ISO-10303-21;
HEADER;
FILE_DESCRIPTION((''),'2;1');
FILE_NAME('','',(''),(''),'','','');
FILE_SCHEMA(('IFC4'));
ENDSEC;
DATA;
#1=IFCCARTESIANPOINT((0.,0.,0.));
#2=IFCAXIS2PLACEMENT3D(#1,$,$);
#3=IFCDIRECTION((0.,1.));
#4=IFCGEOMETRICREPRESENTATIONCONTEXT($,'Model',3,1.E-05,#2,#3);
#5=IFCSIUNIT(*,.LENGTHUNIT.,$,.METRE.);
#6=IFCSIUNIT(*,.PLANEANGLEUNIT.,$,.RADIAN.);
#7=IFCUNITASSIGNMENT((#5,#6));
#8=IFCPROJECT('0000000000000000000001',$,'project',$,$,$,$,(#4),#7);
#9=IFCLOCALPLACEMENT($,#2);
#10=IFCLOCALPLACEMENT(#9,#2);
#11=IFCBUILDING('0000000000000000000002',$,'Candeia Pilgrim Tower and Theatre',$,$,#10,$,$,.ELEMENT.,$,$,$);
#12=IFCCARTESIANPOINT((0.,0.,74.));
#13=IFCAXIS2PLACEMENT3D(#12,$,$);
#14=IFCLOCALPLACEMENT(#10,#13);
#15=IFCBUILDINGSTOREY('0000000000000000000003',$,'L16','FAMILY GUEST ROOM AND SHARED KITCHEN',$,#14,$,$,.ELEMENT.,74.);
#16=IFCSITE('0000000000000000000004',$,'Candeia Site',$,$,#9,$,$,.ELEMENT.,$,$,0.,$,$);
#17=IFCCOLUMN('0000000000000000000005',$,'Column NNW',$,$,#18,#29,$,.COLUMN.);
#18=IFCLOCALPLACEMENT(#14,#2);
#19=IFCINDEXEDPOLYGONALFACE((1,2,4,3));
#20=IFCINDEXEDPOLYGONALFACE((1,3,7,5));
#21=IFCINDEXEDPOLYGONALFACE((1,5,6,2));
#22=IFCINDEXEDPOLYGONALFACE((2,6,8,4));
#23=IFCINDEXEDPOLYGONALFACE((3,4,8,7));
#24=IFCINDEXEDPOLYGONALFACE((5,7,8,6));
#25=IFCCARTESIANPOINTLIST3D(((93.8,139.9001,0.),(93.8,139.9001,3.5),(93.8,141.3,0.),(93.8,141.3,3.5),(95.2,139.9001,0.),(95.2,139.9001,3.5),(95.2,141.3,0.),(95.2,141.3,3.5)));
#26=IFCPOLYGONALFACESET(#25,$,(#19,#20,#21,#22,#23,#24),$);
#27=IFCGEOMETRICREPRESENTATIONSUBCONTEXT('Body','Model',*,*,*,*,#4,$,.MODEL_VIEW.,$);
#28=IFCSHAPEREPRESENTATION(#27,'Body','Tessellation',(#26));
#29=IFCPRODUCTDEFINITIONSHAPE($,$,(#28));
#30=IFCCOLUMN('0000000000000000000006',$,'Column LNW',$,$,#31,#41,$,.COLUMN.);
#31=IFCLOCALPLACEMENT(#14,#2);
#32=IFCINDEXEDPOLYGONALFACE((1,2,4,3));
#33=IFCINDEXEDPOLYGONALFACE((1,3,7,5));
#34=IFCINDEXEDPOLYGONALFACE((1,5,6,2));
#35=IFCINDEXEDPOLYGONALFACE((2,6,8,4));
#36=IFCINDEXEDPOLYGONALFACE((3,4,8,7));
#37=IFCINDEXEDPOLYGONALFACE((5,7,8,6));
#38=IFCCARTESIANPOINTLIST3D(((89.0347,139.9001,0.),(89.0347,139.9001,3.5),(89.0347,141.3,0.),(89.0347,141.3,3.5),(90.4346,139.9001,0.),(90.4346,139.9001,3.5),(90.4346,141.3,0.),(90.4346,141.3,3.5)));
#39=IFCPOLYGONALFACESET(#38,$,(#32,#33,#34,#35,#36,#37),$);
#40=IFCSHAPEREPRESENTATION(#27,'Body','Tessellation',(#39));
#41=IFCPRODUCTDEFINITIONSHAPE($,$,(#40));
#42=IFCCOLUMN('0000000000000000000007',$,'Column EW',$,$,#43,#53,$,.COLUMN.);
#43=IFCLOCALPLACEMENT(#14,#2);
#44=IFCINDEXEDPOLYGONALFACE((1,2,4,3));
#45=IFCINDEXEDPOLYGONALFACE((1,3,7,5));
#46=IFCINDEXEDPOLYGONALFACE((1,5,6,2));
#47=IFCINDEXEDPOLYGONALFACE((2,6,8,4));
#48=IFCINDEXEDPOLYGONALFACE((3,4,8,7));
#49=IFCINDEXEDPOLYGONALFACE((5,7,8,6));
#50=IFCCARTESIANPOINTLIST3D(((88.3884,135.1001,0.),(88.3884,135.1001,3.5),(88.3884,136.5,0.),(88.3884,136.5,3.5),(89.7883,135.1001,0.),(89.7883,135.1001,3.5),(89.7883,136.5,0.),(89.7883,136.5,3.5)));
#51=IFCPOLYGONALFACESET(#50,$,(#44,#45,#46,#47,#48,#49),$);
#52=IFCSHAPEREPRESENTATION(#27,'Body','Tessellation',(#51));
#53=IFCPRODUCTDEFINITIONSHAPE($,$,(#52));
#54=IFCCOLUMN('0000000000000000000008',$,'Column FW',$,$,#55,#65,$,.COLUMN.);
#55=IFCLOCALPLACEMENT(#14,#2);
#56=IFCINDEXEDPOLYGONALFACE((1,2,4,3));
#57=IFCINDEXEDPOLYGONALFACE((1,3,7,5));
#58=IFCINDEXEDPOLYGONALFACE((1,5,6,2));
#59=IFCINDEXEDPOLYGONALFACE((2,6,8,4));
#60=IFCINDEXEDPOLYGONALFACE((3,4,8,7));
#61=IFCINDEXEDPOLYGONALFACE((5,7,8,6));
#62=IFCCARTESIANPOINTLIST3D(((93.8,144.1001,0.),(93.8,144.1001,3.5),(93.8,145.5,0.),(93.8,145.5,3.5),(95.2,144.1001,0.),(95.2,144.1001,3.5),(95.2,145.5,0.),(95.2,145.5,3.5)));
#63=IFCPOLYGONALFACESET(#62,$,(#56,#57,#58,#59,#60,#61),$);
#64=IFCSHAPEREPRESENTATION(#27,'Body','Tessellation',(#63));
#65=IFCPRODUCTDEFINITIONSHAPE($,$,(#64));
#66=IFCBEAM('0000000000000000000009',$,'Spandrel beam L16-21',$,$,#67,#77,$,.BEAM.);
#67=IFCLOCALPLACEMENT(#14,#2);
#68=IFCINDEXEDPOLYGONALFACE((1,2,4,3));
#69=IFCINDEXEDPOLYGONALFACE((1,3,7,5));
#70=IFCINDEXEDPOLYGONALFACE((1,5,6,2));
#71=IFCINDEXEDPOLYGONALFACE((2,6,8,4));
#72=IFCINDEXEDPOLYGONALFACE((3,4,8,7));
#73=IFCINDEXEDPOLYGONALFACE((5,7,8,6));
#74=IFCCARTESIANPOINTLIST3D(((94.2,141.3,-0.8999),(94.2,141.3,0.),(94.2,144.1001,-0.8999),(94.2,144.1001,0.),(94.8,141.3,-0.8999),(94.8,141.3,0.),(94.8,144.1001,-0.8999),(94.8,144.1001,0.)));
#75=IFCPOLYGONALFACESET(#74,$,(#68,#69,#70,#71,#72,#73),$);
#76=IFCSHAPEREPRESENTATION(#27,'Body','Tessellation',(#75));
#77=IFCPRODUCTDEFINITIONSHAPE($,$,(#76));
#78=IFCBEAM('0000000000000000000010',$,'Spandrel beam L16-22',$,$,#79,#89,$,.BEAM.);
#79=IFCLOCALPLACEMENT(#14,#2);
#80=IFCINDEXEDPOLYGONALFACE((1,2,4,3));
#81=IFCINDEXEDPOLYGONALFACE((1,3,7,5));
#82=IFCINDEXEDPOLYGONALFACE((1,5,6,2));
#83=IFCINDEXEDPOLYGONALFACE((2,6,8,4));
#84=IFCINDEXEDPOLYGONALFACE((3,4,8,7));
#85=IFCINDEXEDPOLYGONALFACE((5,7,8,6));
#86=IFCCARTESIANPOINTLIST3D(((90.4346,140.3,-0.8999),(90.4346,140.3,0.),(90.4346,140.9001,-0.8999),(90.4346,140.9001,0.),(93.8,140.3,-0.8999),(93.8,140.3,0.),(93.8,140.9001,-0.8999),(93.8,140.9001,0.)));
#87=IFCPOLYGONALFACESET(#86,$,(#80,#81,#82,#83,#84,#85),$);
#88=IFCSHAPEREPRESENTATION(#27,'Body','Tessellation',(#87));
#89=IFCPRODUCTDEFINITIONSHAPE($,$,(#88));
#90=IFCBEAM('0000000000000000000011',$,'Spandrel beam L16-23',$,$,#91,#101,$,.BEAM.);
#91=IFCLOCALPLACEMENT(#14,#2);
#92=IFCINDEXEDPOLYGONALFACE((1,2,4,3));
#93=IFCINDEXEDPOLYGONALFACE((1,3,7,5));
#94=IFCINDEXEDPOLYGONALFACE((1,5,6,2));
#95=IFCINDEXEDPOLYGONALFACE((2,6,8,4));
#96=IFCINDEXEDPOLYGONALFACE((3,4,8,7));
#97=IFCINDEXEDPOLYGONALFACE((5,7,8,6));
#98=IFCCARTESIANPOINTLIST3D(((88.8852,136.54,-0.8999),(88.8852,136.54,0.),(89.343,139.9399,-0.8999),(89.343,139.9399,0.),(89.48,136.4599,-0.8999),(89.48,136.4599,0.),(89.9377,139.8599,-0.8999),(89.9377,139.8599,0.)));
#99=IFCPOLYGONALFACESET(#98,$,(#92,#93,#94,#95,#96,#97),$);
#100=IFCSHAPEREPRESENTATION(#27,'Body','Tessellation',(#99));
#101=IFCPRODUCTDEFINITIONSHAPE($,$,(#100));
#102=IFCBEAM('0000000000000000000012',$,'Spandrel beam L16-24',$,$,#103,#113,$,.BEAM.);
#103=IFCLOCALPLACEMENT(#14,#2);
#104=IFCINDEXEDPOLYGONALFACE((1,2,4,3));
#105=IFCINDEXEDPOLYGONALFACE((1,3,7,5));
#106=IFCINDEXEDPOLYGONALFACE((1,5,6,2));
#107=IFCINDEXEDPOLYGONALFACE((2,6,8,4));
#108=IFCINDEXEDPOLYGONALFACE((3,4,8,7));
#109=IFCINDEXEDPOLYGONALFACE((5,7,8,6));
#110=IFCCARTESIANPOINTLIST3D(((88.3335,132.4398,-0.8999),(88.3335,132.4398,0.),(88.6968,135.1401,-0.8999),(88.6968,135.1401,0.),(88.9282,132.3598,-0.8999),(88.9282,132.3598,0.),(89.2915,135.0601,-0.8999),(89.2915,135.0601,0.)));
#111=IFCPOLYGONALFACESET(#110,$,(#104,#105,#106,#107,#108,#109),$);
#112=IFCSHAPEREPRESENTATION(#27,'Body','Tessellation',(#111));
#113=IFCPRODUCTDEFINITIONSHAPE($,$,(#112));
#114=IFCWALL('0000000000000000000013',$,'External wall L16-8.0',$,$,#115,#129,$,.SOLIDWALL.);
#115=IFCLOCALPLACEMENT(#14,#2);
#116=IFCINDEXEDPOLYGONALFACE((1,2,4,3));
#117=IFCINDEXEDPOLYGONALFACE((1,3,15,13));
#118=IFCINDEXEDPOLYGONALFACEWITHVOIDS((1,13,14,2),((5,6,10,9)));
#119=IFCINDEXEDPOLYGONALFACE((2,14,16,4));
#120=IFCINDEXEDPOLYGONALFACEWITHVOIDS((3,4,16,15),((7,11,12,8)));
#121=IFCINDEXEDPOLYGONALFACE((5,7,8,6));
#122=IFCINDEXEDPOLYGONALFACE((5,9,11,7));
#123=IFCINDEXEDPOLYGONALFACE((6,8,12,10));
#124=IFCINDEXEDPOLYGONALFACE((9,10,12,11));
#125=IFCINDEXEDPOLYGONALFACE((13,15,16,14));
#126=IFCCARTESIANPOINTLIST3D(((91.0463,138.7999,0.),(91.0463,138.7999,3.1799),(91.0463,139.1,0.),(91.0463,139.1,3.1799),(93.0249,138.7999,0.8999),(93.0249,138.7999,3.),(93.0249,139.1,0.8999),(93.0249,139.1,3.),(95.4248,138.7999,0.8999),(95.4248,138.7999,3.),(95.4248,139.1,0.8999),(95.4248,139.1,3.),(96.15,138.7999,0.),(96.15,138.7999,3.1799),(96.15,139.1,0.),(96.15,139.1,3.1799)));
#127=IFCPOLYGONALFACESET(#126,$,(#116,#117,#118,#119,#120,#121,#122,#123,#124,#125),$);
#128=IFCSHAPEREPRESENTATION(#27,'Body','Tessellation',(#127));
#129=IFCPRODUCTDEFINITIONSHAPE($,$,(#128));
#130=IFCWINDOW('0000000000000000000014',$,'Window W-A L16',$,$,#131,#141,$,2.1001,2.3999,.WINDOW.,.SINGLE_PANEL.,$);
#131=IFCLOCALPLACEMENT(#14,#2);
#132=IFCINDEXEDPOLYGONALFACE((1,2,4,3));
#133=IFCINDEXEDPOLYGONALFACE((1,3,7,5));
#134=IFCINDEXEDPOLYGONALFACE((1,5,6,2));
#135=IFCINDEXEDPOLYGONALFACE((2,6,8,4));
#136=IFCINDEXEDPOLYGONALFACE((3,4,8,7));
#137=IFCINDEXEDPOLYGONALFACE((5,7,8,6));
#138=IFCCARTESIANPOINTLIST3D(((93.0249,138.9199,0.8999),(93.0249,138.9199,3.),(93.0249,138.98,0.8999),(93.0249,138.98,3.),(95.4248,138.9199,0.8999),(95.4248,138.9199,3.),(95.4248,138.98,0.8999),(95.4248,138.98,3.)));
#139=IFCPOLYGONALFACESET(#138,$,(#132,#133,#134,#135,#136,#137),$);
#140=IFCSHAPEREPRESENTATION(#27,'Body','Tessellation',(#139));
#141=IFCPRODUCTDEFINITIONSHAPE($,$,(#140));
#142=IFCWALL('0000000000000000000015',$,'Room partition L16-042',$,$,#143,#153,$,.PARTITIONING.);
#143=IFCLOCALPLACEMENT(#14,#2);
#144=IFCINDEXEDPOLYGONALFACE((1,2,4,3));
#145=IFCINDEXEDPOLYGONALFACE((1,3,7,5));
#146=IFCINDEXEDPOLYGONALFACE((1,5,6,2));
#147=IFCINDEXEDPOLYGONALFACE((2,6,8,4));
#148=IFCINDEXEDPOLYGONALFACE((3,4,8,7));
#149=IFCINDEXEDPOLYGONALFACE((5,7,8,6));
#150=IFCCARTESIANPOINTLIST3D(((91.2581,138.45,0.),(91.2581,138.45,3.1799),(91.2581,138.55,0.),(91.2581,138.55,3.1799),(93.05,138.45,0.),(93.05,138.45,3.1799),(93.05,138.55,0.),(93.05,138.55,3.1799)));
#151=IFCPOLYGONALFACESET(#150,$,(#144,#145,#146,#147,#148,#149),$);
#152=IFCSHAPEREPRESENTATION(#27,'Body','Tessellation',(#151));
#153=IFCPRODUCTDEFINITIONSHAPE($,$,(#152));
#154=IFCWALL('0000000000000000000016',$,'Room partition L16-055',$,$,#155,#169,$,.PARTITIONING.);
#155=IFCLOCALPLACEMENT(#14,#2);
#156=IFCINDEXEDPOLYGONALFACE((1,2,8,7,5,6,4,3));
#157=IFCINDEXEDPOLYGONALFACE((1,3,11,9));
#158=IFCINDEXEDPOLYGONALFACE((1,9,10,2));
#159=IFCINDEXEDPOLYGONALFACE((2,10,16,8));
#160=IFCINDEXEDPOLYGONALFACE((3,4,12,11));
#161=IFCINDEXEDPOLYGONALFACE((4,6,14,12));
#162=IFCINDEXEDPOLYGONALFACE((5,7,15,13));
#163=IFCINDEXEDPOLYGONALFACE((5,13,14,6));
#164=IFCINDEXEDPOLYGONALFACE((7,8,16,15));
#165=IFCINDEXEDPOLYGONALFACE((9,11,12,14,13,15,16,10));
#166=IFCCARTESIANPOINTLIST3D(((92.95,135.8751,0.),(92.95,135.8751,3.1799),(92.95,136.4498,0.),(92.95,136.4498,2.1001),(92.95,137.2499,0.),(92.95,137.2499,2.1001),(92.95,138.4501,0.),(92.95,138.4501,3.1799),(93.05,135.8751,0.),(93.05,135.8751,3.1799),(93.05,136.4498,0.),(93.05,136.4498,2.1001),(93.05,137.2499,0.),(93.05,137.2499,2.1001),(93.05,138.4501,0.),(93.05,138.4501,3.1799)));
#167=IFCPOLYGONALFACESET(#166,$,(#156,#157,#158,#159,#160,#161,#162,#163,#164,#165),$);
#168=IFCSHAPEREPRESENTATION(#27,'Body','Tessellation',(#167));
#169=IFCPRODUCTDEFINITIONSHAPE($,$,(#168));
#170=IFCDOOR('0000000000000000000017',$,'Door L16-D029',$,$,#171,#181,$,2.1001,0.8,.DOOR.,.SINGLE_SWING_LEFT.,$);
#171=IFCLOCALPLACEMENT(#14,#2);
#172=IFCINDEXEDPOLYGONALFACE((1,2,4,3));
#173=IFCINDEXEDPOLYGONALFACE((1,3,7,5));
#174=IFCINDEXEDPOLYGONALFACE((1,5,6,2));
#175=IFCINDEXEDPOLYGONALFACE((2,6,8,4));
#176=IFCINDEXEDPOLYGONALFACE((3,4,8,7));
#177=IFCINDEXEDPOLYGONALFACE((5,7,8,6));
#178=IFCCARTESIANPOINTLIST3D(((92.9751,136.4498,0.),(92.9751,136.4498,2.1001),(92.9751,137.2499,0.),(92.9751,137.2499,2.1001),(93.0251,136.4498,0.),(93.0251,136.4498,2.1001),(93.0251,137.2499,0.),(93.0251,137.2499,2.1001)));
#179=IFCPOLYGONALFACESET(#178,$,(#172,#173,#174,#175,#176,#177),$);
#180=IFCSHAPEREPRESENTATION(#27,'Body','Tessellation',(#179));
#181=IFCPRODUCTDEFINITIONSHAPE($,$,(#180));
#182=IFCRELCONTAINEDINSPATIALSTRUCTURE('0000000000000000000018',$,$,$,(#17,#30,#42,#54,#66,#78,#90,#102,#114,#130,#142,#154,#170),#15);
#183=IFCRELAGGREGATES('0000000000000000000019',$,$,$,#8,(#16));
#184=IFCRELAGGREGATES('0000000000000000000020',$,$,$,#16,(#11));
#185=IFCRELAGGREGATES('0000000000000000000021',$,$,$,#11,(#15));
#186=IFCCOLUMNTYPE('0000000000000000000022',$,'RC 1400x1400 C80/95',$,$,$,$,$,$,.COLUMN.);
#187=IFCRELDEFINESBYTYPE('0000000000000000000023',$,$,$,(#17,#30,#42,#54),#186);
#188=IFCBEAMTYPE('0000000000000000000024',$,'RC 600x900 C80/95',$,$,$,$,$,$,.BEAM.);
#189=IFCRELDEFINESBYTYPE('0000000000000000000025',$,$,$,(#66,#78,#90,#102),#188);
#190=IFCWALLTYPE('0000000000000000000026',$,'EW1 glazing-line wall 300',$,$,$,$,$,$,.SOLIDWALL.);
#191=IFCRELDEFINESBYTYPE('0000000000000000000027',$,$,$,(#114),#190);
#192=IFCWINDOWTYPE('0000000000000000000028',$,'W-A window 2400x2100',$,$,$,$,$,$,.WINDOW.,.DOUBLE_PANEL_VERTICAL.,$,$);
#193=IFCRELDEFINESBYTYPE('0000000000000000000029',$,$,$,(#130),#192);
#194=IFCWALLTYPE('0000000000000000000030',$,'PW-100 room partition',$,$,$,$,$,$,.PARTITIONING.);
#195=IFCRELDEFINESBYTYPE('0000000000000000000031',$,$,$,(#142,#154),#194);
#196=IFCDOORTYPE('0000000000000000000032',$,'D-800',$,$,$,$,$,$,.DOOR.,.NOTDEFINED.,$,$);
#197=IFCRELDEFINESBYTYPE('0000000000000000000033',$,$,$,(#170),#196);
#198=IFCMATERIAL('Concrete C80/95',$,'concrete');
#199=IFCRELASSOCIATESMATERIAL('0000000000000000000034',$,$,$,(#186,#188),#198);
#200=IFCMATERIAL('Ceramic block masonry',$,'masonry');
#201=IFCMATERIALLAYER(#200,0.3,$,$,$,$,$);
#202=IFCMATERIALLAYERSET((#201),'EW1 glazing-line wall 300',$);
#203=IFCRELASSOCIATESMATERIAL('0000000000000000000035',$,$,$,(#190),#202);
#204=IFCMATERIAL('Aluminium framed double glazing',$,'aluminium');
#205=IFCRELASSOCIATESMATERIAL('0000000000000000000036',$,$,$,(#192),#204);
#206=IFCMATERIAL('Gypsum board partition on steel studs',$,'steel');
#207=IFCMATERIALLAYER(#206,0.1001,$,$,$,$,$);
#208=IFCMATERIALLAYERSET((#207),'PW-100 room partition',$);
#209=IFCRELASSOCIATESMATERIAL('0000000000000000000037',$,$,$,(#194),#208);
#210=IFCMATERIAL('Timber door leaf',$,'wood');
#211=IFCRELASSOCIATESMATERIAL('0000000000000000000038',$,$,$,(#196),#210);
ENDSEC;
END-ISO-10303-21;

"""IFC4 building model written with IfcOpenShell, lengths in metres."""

from ifc_helpers import new_model, si_unit, direction, frame, frame_2d, origin, origin_2d, place, context, subcontext, project, spatial, rectangle, extrude, material, layer, layer_set, material_profile, profile_set, type_object, element, fill, save


model = new_model("IFC4")

# Units and contexts
model_context = context("Model", 3, precision=1e-05, world=origin(), true_north=direction((0.0, 1.0)))
body_context = subcontext(model_context, "Body", "Model", "MODEL_VIEW")
ifc_project = project(units=[si_unit("LENGTHUNIT", "METRE"), si_unit("PLANEANGLEUNIT", "RADIAN")], contexts=[model_context])

# Site, building, storey
site_placement = place(None, origin())
site = spatial("IfcSite", under=ifc_project, at=site_placement, Name="Candeia Site", CompositionType="ELEMENT", RefElevation=0.0)
building_placement = place(site_placement, origin())
building = spatial("IfcBuilding", under=site, at=building_placement, Name="Candeia Pilgrim Tower and Theatre", CompositionType="ELEMENT")
storey_placement = place(building_placement, frame((0.0, 0.0, 74.0)))
storey = spatial("IfcBuildingStorey", under=building, at=storey_placement, Name="L16", Description="FAMILY GUEST ROOM AND SHARED KITCHEN", CompositionType="ELEMENT", Elevation=74.0)

# Columns
ifc_material_1 = material(Name="Concrete C80/95", Category="concrete")
ifc_material_profile_1 = material_profile(ifc_material_1, rectangle(XDim=1.3999, YDim=1.3999, at=origin_2d()))
ifc_profile_set_1 = profile_set([ifc_material_profile_1], Name="Concrete C80/95")
column_type = type_object("IfcColumnType", Name="RC 1400x1400 C80/95", PredefinedType="COLUMN", material=ifc_profile_set_1)
for number, where, z_axis, x_axis, name in (
    (1, (94.5, 140.6001, 0.0), (0.0, 0.0, 1.0), (1.0, 0.0, 0.0), "Column NNW"),
    (2, (89.7346, 140.6001, 0.0), (0.0, 0.0, 1.0), (1.0, 0.0, 0.0), "Column LNW"),
    (3, (89.0884, 135.8, 0.0), (0.0, 0.0, 1.0), (1.0, 0.0, 0.0), "Column EW"),
    (4, (94.5, 144.8, 0.0), (0.0, 0.0, 1.0), (1.0, 0.0, 0.0), "Column FW"),
):
    element("IfcColumn", number, at=place(storey_placement, frame(where, z_axis=z_axis, x_axis=x_axis)), inside=storey, type_object=column_type, Name=name, PredefinedType="COLUMN", context=body_context, shape_type="SweptSolid", body=[
        extrude(rectangle(XDim=1.3999, YDim=1.3999, at=origin_2d()), origin(), (0.0, 0.0, 1.0), 3.5),
    ])

# Beams
ifc_material_profile_2 = material_profile(ifc_material_1, rectangle(XDim=0.6001, YDim=0.8999, at=origin_2d()))
ifc_profile_set_2 = profile_set([ifc_material_profile_2], Name="Concrete C80/95")
beam_type = type_object("IfcBeamType", Name="RC 600x900 C80/95", PredefinedType="BEAM", material=ifc_profile_set_2)
beam_1_placement = place(storey_placement, frame((94.5, 144.1001, -0.45), z_axis=(0.0, -1.0, 0.0), x_axis=(1.0, 0.0, 0.0)))
element("IfcBeam", 5, at=beam_1_placement, inside=storey, type_object=beam_type, Name="Spandrel beam L16-21", PredefinedType="BEAM", context=body_context, shape_type="SweptSolid", body=[
    extrude(rectangle(XDim=0.6001, YDim=0.8999, at=origin_2d()), origin(), (0.0, 0.0, 1.0), 2.8),
])
beam_2_placement = place(storey_placement, frame((93.8, 140.6001, -0.45), z_axis=(-1.0, 0.0, 0.0), x_axis=(0.0, -1.0, 0.0)))
element("IfcBeam", 6, at=beam_2_placement, inside=storey, type_object=beam_type, Name="Spandrel beam L16-22", PredefinedType="BEAM", context=body_context, shape_type="SweptSolid", body=[
    extrude(rectangle(XDim=0.6001, YDim=0.8999, at=origin_2d()), origin(), (0.0, 0.0, 1.0), 3.3655),
])
beam_3_placement = place(storey_placement, frame((89.6404, 139.8999, -0.45), z_axis=(-0.133436, -0.991057, 0.0), x_axis=(0.991057, -0.133436, 0.0)))
element("IfcBeam", 7, at=beam_3_placement, inside=storey, type_object=beam_type, Name="Spandrel beam L16-23", PredefinedType="BEAM", context=body_context, shape_type="SweptSolid", body=[
    extrude(rectangle(XDim=0.6001, YDim=0.8999, at=origin_2d()), origin(), (0.0, 0.0, 1.0), 3.4307),
])
beam_4_placement = place(storey_placement, frame((88.9941, 135.1001, -0.45), z_axis=(-0.133338, -0.991071, 0.0), x_axis=(0.991071, -0.133338, 0.0)))
element("IfcBeam", 8, at=beam_4_placement, inside=storey, type_object=beam_type, Name="Spandrel beam L16-24", PredefinedType="BEAM", context=body_context, shape_type="SweptSolid", body=[
    extrude(rectangle(XDim=0.6001, YDim=0.8999, at=origin_2d()), origin(), (0.0, 0.0, 1.0), 2.7246),
])

# Wall, opening, window
ifc_material_2 = material(Name="Ceramic block masonry", Category="masonry")
ifc_layer_1 = layer(ifc_material_2, 0.3)
ifc_layer_set_1 = layer_set([ifc_layer_1], Name="EW1 glazing-line wall 300")
wall_type_1 = type_object("IfcWallType", Name="EW1 glazing-line wall 300", PredefinedType="SOLIDWALL", material=ifc_layer_set_1)
wall_1_placement = place(storey_placement, frame((96.1499, 138.95, 0.0), z_axis=(0.0, 0.0, 1.0), x_axis=(-1.0, 0.0, 0.0)))
wall_1 = element("IfcWall", 9, at=wall_1_placement, inside=storey, type_object=wall_type_1, Name="External wall L16-8.0", PredefinedType="SOLIDWALL", context=body_context, shape_type="SweptSolid", body=[
    extrude(rectangle(XDim=5.1038, YDim=0.3, at=frame_2d((2.5518, 0.0))), origin(), (0.0, 0.0, 1.0), 3.1799),
])
opening_1_placement = place(wall_1_placement, frame((0.7251, 0.0, 0.8999)))
opening_1 = element("IfcOpeningElement", 10, at=opening_1_placement, cuts=wall_1, PredefinedType="OPENING", context=body_context, shape_type="SweptSolid", body=[
    extrude(rectangle(XDim=2.3999, YDim=2.1001, at=frame_2d((1.2, 1.05))), frame((0.0, 0.1602, 0.0), z_axis=(0.0, -1.0, 0.0), x_axis=(1.0, 0.0, 0.0)), (0.0, 0.0, 1.0), 0.3201),
])
ifc_material_3 = material(Name="Aluminium framed double glazing", Category="aluminium")
window_type_1 = type_object("IfcWindowType", Name="W-A window 2400x2100", PartitioningType="DOUBLE_PANEL_VERTICAL", PredefinedType="WINDOW", material=ifc_material_3)
window_1_placement = place(opening_1_placement, origin())
window_1 = element("IfcWindow", 11, at=window_1_placement, inside=storey, type_object=window_type_1, Name="Window W-A L16", OverallHeight=2.1001, OverallWidth=2.3999, PartitioningType="SINGLE_PANEL", PredefinedType="WINDOW", context=body_context, shape_type="SweptSolid", body=[
    extrude(rectangle(XDim=2.3999, YDim=2.1001, at=frame_2d((1.2, 1.05))), frame((0.0, 0.03, 0.0), z_axis=(0.0, -1.0, 0.0), x_axis=(1.0, 0.0, 0.0)), (0.0, 0.0, 1.0), 0.0601),
])
fill(opening_1, window_1)

# Wall
ifc_material_4 = material(Name="Gypsum board partition on steel studs", Category="steel")
ifc_layer_2 = layer(ifc_material_4, 0.1001)
ifc_layer_set_2 = layer_set([ifc_layer_2], Name="PW-100 room partition")
wall_type_2 = type_object("IfcWallType", Name="PW-100 room partition", PredefinedType="PARTITIONING", material=ifc_layer_set_2)
wall_2_placement = place(storey_placement, frame((91.2581, 138.5, 0.0), z_axis=(0.0, 0.0, 1.0), x_axis=(1.0, 0.0, 0.0)))
element("IfcWall", 12, at=wall_2_placement, inside=storey, type_object=wall_type_2, Name="Room partition L16-042", PredefinedType="PARTITIONING", context=body_context, shape_type="SweptSolid", body=[
    extrude(rectangle(XDim=1.792, YDim=0.1001, at=frame_2d((0.896, 0.0))), origin(), (0.0, 0.0, 1.0), 3.1799),
])

# Wall, opening, door
wall_3_placement = place(storey_placement, frame((93.0, 135.875, 0.0), z_axis=(0.0, 0.0, 1.0), x_axis=(0.0, 1.0, 0.0)))
wall_3 = element("IfcWall", 13, at=wall_3_placement, inside=storey, type_object=wall_type_2, Name="Room partition L16-055", PredefinedType="PARTITIONING", context=body_context, shape_type="SweptSolid", body=[
    extrude(rectangle(XDim=2.575, YDim=0.1001, at=frame_2d((1.2876, 0.0))), origin(), (0.0, 0.0, 1.0), 3.1799),
])
opening_2_placement = place(wall_3_placement, frame((0.575, 0.0, 0.0)))
opening_2 = element("IfcOpeningElement", 14, at=opening_2_placement, cuts=wall_3, PredefinedType="OPENING", context=body_context, shape_type="SweptSolid", body=[
    extrude(rectangle(XDim=0.8, YDim=2.1001, at=frame_2d((0.3999, 1.05))), frame((0.0, 0.0601, 0.0), z_axis=(0.0, -1.0, 0.0), x_axis=(1.0, 0.0, 0.0)), (0.0, 0.0, 1.0), 0.1201),
])
ifc_material_5 = material(Name="Timber door leaf", Category="wood")
door_type_1 = type_object("IfcDoorType", Name="D-800", OperationType="NOTDEFINED", PredefinedType="DOOR", material=ifc_material_5)
door_1_placement = place(opening_2_placement, origin())
door_1 = element("IfcDoor", 15, at=door_1_placement, inside=storey, type_object=door_type_1, Name="Door L16-D029", OperationType="SINGLE_SWING_LEFT", OverallHeight=2.1001, OverallWidth=0.8, PredefinedType="DOOR", context=body_context, shape_type="SweptSolid", body=[
    extrude(rectangle(XDim=0.8, YDim=2.1001, at=frame_2d((0.3999, 1.05))), frame((0.0, 0.0249, 0.0), z_axis=(0.0, -1.0, 0.0), x_axis=(1.0, 0.0, 0.0)), (0.0, 0.0, 1.0), 0.05),
])
fill(opening_2, door_1)

save(model, "model.ifc")
